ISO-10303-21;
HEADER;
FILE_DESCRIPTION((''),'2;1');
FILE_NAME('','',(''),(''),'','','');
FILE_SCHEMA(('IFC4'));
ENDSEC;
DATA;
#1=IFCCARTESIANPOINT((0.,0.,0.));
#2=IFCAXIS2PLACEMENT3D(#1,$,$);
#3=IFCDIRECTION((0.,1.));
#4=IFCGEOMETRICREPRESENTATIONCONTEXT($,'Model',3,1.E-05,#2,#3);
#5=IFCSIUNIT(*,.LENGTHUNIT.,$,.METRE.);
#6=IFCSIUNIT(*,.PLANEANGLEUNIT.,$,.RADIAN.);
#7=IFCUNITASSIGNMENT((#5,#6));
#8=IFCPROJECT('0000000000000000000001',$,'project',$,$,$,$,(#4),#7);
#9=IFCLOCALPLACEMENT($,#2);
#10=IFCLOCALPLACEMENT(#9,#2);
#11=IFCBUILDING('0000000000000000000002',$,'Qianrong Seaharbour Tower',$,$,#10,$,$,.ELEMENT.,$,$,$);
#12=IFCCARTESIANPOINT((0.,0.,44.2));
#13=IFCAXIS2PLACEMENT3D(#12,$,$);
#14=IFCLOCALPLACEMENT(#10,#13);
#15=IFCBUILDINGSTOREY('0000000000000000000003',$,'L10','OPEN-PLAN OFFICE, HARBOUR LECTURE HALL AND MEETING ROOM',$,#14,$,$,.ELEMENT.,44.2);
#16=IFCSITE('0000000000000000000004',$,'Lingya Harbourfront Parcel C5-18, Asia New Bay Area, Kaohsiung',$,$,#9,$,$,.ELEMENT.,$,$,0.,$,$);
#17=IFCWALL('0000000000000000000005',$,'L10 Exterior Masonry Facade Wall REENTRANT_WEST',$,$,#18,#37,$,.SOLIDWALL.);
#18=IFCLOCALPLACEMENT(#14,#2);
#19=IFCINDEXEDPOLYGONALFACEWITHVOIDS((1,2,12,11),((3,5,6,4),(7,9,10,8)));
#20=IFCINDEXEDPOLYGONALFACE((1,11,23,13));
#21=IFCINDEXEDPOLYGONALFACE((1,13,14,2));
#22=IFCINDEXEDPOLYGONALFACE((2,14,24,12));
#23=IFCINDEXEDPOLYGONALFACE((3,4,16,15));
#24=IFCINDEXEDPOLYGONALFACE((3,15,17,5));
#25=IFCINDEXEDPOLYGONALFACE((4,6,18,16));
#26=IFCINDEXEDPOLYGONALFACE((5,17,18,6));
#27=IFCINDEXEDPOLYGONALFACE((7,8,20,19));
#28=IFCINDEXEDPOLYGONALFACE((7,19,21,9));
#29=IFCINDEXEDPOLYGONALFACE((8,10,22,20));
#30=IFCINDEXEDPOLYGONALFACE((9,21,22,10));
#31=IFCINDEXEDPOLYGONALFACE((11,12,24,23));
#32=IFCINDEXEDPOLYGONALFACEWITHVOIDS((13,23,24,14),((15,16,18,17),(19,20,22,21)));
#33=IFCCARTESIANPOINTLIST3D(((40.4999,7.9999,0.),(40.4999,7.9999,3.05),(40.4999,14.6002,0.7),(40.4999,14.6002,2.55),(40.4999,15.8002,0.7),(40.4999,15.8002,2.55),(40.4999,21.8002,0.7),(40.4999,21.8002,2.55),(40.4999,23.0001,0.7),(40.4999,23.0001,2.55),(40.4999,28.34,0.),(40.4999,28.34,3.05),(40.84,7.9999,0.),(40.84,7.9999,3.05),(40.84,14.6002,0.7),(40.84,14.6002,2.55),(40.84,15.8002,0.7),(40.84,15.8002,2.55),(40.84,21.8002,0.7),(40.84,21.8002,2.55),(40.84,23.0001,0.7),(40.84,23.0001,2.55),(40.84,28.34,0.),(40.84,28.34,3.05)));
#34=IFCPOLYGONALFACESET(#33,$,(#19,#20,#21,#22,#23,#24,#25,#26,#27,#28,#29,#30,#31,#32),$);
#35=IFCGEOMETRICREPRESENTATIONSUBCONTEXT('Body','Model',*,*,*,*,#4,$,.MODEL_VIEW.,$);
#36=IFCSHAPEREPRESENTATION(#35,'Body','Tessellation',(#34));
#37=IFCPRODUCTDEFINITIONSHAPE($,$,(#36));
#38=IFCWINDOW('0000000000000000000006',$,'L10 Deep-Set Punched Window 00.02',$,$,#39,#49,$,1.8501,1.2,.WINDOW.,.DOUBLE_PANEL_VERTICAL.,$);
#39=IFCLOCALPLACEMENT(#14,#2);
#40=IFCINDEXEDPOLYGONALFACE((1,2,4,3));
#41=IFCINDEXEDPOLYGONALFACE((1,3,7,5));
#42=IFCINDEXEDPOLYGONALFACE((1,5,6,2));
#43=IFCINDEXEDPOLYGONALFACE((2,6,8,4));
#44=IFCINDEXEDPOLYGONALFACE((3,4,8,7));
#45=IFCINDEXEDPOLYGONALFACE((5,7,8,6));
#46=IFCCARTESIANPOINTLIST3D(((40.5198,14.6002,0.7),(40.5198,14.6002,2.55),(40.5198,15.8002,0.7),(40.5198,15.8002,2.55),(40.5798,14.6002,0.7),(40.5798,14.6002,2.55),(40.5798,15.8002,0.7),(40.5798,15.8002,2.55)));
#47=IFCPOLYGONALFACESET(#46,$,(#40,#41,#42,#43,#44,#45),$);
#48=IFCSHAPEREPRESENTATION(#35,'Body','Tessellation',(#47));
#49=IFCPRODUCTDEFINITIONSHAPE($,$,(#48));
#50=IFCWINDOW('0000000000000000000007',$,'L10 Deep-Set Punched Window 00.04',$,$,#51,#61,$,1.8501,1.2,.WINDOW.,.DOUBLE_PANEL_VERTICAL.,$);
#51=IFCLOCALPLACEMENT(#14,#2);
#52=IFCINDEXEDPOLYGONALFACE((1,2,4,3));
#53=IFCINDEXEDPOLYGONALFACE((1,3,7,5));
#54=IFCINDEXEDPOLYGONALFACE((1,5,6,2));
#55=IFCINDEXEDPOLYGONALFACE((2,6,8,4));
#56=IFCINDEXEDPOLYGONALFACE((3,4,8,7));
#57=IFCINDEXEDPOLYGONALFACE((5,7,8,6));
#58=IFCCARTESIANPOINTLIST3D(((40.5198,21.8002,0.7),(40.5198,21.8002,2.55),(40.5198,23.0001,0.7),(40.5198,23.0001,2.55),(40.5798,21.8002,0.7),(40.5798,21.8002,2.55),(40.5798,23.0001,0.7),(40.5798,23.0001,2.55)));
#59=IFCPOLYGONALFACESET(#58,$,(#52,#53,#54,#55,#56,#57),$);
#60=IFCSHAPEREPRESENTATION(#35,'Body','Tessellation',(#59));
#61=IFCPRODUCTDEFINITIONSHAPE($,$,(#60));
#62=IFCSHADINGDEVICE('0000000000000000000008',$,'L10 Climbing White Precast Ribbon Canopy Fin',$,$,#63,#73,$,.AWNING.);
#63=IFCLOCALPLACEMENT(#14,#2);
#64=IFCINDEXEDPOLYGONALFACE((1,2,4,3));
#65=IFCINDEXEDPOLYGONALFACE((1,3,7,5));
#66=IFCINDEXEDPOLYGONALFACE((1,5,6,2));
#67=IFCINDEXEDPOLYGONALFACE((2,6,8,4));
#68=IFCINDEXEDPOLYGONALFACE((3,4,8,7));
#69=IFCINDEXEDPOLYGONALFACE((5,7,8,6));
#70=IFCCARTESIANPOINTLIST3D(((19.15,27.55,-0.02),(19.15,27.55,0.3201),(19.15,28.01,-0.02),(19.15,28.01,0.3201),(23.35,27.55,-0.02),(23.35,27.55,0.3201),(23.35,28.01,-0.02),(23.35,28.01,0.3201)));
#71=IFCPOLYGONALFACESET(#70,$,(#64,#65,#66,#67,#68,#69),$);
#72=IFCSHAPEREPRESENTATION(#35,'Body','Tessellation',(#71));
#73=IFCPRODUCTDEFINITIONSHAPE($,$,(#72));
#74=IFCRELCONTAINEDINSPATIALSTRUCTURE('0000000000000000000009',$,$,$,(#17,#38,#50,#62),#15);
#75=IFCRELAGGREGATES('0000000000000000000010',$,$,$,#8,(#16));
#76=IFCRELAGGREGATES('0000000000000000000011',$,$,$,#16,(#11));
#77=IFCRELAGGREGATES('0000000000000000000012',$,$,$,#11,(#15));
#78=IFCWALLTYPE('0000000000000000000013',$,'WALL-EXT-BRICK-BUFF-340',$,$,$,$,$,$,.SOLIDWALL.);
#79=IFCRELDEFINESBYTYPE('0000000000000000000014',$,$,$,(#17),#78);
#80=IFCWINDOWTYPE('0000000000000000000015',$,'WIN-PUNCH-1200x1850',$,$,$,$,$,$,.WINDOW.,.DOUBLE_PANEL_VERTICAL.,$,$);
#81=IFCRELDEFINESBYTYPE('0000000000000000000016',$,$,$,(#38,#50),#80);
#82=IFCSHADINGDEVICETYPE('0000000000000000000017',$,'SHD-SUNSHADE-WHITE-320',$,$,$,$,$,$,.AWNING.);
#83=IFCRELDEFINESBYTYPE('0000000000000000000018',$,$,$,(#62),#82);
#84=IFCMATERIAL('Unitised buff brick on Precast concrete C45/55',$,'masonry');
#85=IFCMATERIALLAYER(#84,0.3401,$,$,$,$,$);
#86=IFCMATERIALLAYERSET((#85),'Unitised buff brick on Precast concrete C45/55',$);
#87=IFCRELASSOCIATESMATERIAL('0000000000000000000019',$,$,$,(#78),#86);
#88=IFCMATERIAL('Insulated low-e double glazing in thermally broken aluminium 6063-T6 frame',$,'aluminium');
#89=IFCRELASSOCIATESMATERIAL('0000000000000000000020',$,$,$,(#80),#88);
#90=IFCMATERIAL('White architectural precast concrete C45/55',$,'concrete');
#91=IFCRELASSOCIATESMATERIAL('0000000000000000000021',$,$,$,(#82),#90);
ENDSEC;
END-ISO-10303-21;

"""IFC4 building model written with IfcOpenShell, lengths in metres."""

from ifc_helpers import new_model, si_unit, direction, frame, frame_2d, origin, origin_2d, place, context, subcontext, project, spatial, rectangle, extrude, material, layer, layer_set, type_object, element, fill, save


model = new_model("IFC4")

# Units and contexts
model_context = context("Model", 3, precision=1e-05, world=origin(), true_north=direction((0.0, 1.0)))
body_context = subcontext(model_context, "Body", "Model", "MODEL_VIEW")
ifc_project = project(units=[si_unit("LENGTHUNIT", "METRE"), si_unit("PLANEANGLEUNIT", "RADIAN")], contexts=[model_context])

# Site, building, storey
site_placement = place(None, origin())
site = spatial("IfcSite", under=ifc_project, at=site_placement, Name="Lingya Harbourfront Parcel C5-18, Asia New Bay Area, Kaohsiung", CompositionType="ELEMENT", RefElevation=0.0)
building_placement = place(site_placement, origin())
building = spatial("IfcBuilding", under=site, at=building_placement, Name="Qianrong Seaharbour Tower", CompositionType="ELEMENT")
storey_placement = place(building_placement, frame((0.0, 0.0, 44.2)))
storey = spatial("IfcBuildingStorey", under=building, at=storey_placement, Name="L10", Description="OPEN-PLAN OFFICE, HARBOUR LECTURE HALL AND MEETING ROOM", CompositionType="ELEMENT", Elevation=44.2)

# Wall, openings, windows
ifc_material_1 = material(Name="Unitised buff brick on Precast concrete C45/55", Category="masonry")
ifc_layer = layer(ifc_material_1, 0.3401)
ifc_layer_set = layer_set([ifc_layer], Name="Unitised buff brick on Precast concrete C45/55")
wall_type = type_object("IfcWallType", Name="WALL-EXT-BRICK-BUFF-340", PredefinedType="SOLIDWALL", material=ifc_layer_set)
wall_placement = place(storey_placement, frame((40.6699, 8.0, 0.0), z_axis=(0.0, 0.0, 1.0), x_axis=(0.0, 1.0, 0.0)))
wall = element("IfcWall", 1, at=wall_placement, inside=storey, type_object=wall_type, Name="L10 Exterior Masonry Facade Wall REENTRANT_WEST", PredefinedType="SOLIDWALL", context=body_context, shape_type="SweptSolid", body=[
    extrude(rectangle(XDim=20.3401, YDim=0.3401, at=frame_2d((10.1699, 0.0))), origin(), (0.0, 0.0, 1.0), 3.05),
])
opening_1_placement = place(wall_placement, frame((6.6001, 0.0, 0.7)))
opening_1 = element("IfcOpeningElement", 2, at=opening_1_placement, cuts=wall, PredefinedType="OPENING", context=body_context, shape_type="SweptSolid", body=[
    extrude(rectangle(XDim=1.2, YDim=1.8501, at=frame_2d((0.6001, 0.925))), frame((0.0, 0.1802, 0.0), z_axis=(0.0, -1.0, 0.0), x_axis=(1.0, 0.0, 0.0)), (0.0, 0.0, 1.0), 0.3601),
])
opening_2_placement = place(wall_placement, frame((13.8, 0.0, 0.7)))
opening_2 = element("IfcOpeningElement", 3, at=opening_2_placement, cuts=wall, PredefinedType="OPENING", context=body_context, shape_type="SweptSolid", body=[
    extrude(rectangle(XDim=1.2, YDim=1.8501, at=frame_2d((0.6001, 0.925))), frame((0.0, 0.1802, 0.0), z_axis=(0.0, -1.0, 0.0), x_axis=(1.0, 0.0, 0.0)), (0.0, 0.0, 1.0), 0.3601),
])
ifc_material_2 = material(Name="Insulated low-e double glazing in thermally broken aluminium 6063-T6 frame", Category="aluminium")
window_type = type_object("IfcWindowType", Name="WIN-PUNCH-1200x1850", PartitioningType="DOUBLE_PANEL_VERTICAL", PredefinedType="WINDOW", material=ifc_material_2)
window_1_placement = place(opening_1_placement, origin())
window_1 = element("IfcWindow", 4, at=window_1_placement, inside=storey, type_object=window_type, Name="L10 Deep-Set Punched Window 00.02", OverallHeight=1.8501, OverallWidth=1.2, PartitioningType="DOUBLE_PANEL_VERTICAL", PredefinedType="WINDOW", context=body_context, shape_type="SweptSolid", body=[
    extrude(rectangle(XDim=1.2, YDim=1.8501, at=frame_2d((0.6001, 0.925))), frame((0.0, 0.1501, 0.0), z_axis=(0.0, -1.0, 0.0), x_axis=(1.0, 0.0, 0.0)), (0.0, 0.0, 1.0), 0.0601),
])
fill(opening_1, window_1)
window_2_placement = place(opening_2_placement, origin())
window_2 = element("IfcWindow", 5, at=window_2_placement, inside=storey, type_object=window_type, Name="L10 Deep-Set Punched Window 00.04", OverallHeight=1.8501, OverallWidth=1.2, PartitioningType="DOUBLE_PANEL_VERTICAL", PredefinedType="WINDOW", context=body_context, shape_type="SweptSolid", body=[
    extrude(rectangle(XDim=1.2, YDim=1.8501, at=frame_2d((0.6001, 0.925))), frame((0.0, 0.1501, 0.0), z_axis=(0.0, -1.0, 0.0), x_axis=(1.0, 0.0, 0.0)), (0.0, 0.0, 1.0), 0.0601),
])
fill(opening_2, window_2)

# Shading device
ifc_material_3 = material(Name="White architectural precast concrete C45/55", Category="concrete")
shading_device_type = type_object("IfcShadingDeviceType", Name="SHD-SUNSHADE-WHITE-320", PredefinedType="AWNING", material=ifc_material_3)
shading_device_placement = place(storey_placement, frame((21.25, 27.78, -0.02), z_axis=(0.0, 0.0, 1.0), x_axis=(1.0, 0.0, 0.0)))
element("IfcShadingDevice", 6, at=shading_device_placement, inside=storey, type_object=shading_device_type, Name="L10 Climbing White Precast Ribbon Canopy Fin", PredefinedType="AWNING", context=body_context, shape_type="SweptSolid", body=[
    extrude(rectangle(XDim=4.2, YDim=0.46, at=origin_2d()), origin(), (0.0, 0.0, 1.0), 0.3401),
])

save(model, "model.ifc")
